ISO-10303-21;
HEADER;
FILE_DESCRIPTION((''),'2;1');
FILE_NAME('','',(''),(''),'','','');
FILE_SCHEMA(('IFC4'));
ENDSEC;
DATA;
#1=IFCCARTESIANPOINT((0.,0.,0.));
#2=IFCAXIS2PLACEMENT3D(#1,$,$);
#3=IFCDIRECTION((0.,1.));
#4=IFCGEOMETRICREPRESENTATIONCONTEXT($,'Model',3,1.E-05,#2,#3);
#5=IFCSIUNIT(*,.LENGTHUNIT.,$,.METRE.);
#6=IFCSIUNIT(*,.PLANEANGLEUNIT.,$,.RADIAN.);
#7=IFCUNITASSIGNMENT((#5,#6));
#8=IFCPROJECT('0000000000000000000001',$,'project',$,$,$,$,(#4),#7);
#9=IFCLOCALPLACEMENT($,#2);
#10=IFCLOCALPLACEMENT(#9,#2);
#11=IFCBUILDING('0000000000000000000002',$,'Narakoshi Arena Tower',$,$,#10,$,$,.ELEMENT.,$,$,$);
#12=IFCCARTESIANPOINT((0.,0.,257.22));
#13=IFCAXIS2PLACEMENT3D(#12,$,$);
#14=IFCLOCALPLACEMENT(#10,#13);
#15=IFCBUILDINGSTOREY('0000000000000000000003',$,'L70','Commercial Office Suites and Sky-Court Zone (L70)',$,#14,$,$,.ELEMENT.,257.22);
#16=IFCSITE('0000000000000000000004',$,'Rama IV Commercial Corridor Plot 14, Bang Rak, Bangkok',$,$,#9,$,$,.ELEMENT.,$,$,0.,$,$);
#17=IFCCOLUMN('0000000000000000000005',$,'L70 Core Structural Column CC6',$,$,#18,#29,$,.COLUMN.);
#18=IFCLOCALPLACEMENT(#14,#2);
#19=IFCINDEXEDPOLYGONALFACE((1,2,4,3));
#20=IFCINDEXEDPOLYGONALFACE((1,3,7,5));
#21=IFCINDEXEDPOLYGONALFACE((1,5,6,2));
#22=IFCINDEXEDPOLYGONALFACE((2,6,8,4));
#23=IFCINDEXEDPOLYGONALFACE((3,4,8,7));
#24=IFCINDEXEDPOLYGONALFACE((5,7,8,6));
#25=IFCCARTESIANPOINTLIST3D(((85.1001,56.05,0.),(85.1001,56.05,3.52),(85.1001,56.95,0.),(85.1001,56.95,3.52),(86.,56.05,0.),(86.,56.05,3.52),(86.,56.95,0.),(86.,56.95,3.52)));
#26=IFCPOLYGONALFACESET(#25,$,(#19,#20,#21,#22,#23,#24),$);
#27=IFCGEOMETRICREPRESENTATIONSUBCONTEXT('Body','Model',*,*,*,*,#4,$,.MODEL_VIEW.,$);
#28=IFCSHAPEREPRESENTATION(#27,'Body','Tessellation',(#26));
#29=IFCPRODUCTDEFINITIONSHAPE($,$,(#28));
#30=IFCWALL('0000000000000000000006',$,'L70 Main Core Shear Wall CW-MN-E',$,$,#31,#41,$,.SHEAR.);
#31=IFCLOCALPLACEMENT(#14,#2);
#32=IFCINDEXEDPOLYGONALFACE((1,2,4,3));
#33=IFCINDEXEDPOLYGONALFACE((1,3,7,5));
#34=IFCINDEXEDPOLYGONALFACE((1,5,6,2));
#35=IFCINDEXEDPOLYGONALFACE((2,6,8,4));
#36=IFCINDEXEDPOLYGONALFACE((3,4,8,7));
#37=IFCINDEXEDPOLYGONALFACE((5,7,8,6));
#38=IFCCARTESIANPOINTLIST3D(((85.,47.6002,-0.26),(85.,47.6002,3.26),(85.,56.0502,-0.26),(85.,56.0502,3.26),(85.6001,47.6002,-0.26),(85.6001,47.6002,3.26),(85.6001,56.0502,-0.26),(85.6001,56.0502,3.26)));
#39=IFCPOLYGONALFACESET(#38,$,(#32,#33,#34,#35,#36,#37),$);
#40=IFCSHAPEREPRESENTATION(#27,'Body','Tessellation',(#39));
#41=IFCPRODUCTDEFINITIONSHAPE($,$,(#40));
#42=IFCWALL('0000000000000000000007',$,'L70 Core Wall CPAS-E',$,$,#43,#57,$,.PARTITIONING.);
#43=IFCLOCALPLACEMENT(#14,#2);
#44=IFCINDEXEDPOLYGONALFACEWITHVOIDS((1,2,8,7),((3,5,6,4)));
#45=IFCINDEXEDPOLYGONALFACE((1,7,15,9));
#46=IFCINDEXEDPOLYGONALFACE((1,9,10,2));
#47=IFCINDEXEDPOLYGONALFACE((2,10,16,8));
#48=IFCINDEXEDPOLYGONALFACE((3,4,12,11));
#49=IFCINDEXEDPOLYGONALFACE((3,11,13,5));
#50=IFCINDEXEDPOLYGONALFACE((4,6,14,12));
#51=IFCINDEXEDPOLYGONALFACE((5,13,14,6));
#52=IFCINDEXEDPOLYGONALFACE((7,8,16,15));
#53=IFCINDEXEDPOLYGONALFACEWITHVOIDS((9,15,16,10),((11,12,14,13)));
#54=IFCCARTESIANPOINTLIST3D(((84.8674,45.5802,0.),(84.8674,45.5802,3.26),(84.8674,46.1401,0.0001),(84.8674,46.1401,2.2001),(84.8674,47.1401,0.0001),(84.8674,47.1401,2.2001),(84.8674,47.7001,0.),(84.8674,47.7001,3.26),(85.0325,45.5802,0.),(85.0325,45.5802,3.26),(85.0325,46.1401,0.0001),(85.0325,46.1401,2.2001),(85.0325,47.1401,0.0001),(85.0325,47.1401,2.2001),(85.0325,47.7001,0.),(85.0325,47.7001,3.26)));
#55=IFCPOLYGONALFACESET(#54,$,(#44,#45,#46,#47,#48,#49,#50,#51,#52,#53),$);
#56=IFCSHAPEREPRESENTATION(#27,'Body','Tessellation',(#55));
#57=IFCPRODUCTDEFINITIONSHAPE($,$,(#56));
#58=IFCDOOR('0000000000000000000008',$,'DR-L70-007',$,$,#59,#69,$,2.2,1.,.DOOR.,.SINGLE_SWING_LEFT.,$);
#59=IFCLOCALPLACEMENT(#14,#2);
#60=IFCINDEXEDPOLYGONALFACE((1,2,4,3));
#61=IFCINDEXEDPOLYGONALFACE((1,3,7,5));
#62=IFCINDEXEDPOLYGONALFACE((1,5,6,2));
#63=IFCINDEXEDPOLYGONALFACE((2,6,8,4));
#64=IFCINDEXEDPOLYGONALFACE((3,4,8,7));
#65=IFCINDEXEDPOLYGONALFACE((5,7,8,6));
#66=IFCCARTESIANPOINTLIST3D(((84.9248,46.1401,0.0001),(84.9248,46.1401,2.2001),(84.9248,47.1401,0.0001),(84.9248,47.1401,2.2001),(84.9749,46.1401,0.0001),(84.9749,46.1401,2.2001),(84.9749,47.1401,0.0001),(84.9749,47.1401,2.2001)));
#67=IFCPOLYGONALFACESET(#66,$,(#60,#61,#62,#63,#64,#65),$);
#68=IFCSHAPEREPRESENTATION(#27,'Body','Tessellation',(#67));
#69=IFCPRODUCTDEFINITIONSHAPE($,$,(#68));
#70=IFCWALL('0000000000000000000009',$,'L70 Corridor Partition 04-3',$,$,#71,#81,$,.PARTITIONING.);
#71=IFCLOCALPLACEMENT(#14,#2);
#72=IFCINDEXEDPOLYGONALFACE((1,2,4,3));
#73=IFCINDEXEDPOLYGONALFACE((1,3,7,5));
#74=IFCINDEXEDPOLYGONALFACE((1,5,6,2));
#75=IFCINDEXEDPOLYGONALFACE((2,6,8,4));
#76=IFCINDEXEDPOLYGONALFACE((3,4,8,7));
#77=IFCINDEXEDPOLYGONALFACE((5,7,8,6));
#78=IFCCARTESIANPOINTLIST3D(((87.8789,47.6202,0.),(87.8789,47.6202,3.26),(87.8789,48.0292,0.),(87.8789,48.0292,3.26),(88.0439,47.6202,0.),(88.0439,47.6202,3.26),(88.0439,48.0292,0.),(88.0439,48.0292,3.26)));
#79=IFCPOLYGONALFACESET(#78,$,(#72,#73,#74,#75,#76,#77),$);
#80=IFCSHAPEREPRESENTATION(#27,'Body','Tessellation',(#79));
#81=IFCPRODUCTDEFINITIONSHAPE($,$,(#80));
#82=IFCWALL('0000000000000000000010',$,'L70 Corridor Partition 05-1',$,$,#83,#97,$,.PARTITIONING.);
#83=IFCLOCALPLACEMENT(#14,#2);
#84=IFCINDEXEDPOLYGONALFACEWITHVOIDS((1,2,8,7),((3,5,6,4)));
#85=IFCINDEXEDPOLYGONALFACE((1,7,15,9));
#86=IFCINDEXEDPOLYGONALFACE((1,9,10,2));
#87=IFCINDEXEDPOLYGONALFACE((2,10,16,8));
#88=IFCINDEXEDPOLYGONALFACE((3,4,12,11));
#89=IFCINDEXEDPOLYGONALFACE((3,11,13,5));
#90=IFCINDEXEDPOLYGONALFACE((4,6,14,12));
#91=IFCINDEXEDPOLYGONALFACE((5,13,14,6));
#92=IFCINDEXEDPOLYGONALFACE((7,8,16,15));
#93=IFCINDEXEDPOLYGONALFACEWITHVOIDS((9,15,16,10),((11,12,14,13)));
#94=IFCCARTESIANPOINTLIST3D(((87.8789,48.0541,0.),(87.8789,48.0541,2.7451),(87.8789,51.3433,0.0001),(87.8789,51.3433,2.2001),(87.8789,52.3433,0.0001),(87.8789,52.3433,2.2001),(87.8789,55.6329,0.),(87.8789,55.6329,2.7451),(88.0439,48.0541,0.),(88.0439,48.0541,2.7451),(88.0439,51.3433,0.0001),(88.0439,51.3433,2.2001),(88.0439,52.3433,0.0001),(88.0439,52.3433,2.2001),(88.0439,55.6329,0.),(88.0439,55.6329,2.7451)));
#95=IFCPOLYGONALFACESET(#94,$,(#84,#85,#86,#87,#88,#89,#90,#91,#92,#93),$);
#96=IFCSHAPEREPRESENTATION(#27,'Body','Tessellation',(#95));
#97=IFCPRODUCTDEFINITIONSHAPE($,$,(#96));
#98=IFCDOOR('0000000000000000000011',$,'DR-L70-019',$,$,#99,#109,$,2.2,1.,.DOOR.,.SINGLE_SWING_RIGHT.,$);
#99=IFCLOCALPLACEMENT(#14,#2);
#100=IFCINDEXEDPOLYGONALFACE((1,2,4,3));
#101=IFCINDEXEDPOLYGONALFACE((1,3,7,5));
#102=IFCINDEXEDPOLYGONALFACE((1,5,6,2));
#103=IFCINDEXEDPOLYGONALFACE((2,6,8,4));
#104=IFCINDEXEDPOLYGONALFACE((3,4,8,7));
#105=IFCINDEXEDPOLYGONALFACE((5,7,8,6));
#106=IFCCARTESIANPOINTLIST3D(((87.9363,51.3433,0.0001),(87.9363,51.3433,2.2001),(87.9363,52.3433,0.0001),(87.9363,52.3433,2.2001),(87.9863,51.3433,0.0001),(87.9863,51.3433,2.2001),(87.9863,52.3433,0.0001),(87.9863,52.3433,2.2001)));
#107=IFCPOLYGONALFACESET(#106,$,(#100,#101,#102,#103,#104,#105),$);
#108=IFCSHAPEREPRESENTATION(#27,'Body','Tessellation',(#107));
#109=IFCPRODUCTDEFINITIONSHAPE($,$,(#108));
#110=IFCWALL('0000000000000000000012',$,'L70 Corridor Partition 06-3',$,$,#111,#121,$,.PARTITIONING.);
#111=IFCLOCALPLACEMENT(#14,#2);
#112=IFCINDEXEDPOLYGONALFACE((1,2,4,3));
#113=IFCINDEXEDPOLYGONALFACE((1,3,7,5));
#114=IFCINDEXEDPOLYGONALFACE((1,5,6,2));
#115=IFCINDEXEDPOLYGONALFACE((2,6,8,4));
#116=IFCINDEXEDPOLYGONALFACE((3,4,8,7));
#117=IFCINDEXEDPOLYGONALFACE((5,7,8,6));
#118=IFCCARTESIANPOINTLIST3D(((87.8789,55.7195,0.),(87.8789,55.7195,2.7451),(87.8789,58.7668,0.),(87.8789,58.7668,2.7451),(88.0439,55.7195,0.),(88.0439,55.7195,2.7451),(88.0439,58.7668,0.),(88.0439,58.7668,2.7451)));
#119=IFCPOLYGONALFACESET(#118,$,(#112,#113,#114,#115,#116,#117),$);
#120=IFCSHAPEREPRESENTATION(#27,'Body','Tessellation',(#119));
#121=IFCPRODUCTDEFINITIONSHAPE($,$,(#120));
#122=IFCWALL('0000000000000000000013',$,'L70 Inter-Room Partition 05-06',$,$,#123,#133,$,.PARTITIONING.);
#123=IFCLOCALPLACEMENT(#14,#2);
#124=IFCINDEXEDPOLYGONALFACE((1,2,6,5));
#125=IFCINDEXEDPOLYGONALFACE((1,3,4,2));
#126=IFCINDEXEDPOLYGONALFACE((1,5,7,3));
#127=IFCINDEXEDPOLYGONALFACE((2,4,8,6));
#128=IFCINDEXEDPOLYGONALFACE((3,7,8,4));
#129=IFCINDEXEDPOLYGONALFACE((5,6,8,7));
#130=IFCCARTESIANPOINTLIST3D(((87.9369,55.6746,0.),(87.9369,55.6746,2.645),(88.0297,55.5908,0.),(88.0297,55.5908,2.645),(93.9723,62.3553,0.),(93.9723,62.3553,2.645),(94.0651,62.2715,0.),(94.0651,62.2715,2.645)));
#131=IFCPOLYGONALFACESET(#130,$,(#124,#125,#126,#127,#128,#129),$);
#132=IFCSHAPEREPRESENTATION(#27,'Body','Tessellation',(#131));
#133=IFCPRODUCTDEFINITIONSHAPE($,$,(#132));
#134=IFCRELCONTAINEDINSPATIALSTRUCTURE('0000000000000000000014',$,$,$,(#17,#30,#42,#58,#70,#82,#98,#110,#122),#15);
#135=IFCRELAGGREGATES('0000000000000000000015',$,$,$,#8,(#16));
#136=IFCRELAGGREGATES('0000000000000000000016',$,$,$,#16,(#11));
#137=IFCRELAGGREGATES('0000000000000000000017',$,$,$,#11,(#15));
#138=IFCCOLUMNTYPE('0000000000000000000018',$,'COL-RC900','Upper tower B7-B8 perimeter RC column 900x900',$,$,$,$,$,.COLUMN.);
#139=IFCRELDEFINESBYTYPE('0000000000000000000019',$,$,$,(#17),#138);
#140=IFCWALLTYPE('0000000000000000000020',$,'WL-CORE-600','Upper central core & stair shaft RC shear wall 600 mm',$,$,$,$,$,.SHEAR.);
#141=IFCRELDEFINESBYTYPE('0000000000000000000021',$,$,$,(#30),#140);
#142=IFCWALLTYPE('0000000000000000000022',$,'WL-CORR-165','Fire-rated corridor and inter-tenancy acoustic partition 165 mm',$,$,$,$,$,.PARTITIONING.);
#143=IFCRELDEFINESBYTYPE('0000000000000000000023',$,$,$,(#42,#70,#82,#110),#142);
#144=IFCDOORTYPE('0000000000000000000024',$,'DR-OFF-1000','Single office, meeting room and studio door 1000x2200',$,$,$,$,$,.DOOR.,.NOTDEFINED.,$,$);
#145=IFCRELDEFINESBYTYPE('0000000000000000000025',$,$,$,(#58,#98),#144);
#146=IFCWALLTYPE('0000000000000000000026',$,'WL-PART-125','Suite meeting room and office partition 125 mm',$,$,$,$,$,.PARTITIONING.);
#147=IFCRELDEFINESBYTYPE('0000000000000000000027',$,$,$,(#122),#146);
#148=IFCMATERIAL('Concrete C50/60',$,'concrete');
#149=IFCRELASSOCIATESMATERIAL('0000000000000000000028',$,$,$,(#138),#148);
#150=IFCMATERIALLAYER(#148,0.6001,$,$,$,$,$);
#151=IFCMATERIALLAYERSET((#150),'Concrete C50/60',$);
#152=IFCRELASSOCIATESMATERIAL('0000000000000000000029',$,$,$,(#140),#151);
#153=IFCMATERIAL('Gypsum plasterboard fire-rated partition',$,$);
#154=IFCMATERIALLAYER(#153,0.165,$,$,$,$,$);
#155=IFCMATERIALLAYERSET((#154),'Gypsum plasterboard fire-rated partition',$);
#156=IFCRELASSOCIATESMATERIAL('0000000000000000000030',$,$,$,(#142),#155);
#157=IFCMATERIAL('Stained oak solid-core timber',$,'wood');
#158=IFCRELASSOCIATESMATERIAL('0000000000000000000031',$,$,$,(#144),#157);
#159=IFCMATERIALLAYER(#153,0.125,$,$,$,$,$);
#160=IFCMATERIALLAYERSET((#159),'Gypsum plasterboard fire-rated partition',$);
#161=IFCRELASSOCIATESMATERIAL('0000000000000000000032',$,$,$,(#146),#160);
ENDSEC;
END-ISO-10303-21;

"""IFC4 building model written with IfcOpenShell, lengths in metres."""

from ifc_helpers import new_model, si_unit, direction, frame, frame_2d, origin, origin_2d, place, context, subcontext, project, spatial, rectangle, extrude, material, layer, layer_set, material_profile, profile_set, type_object, element, fill, save


model = new_model("IFC4")

# Units and contexts
model_context = context("Model", 3, precision=1e-05, world=origin(), true_north=direction((0.0, 1.0)))
body_context = subcontext(model_context, "Body", "Model", "MODEL_VIEW")
ifc_project = project(units=[si_unit("LENGTHUNIT", "METRE"), si_unit("PLANEANGLEUNIT", "RADIAN")], contexts=[model_context])

# Site, building, storey
site_placement = place(None, origin())
site = spatial("IfcSite", under=ifc_project, at=site_placement, Name="Rama IV Commercial Corridor Plot 14, Bang Rak, Bangkok", CompositionType="ELEMENT", RefElevation=0.0)
building_placement = place(site_placement, origin())
building = spatial("IfcBuilding", under=site, at=building_placement, Name="Narakoshi Arena Tower", CompositionType="ELEMENT")
storey_placement = place(building_placement, frame((0.0, 0.0, 257.22)))
storey = spatial("IfcBuildingStorey", under=building, at=storey_placement, Name="L70", Description="Commercial Office Suites and Sky-Court Zone (L70)", CompositionType="ELEMENT", Elevation=257.22)

# Column
ifc_material_1 = material(Name="Concrete C50/60", Category="concrete")
ifc_material_profile = material_profile(ifc_material_1, rectangle(XDim=0.8999, YDim=0.8999, at=origin_2d()), Name="RC900x900")
ifc_profile_set = profile_set([ifc_material_profile], Name="Concrete C50/60")
column_type = type_object("IfcColumnType", Name="COL-RC900", Description="Upper tower B7-B8 perimeter RC column 900x900", PredefinedType="COLUMN", material=ifc_profile_set)
column_placement = place(storey_placement, frame((85.55, 56.5, 0.0), z_axis=(0.0, 0.0, 1.0), x_axis=(1.0, 0.0, 0.0)))
element("IfcColumn", 1, at=column_placement, inside=storey, type_object=column_type, Name="L70 Core Structural Column CC6", PredefinedType="COLUMN", context=body_context, shape_type="SweptSolid", body=[
    extrude(rectangle(XDim=0.8999, YDim=0.8999, at=origin_2d()), origin(), (0.0, 0.0, 1.0), 3.52),
])

# Wall
ifc_layer_1 = layer(ifc_material_1, 0.6001)
ifc_layer_set_1 = layer_set([ifc_layer_1], Name="Concrete C50/60")
wall_type_1 = type_object("IfcWallType", Name="WL-CORE-600", Description="Upper central core & stair shaft RC shear wall 600 mm", PredefinedType="SHEAR", material=ifc_layer_set_1)
wall_1_placement = place(storey_placement, frame((85.3, 47.6001, -0.26), z_axis=(0.0, 0.0, 1.0), x_axis=(0.0, 1.0, 0.0)))
element("IfcWall", 2, at=wall_1_placement, inside=storey, type_object=wall_type_1, Name="L70 Main Core Shear Wall CW-MN-E", PredefinedType="SHEAR", context=body_context, shape_type="SweptSolid", body=[
    extrude(rectangle(XDim=8.45, YDim=0.6001, at=frame_2d((4.2251, 0.0))), origin(), (0.0, 0.0, 1.0), 3.52),
])

# Wall, opening, door
ifc_material_2 = material(Name="Gypsum plasterboard fire-rated partition")
ifc_layer_2 = layer(ifc_material_2, 0.165)
ifc_layer_set_2 = layer_set([ifc_layer_2], Name="Gypsum plasterboard fire-rated partition")
wall_type_2 = type_object("IfcWallType", Name="WL-CORR-165", Description="Fire-rated corridor and inter-tenancy acoustic partition 165 mm", PredefinedType="PARTITIONING", material=ifc_layer_set_2)
wall_2_placement = place(storey_placement, frame((84.95, 45.5801, 0.0), z_axis=(0.0, 0.0, 1.0), x_axis=(0.0, 1.0, 0.0)))
wall_2 = element("IfcWall", 3, at=wall_2_placement, inside=storey, type_object=wall_type_2, Name="L70 Core Wall CPAS-E", PredefinedType="PARTITIONING", context=body_context, shape_type="SweptSolid", body=[
    extrude(rectangle(XDim=2.1199, YDim=0.165, at=frame_2d((1.0601, 0.0))), origin(), (0.0, 0.0, 1.0), 3.26),
])
opening_1_placement = place(wall_2_placement, frame((0.5601, 0.0, 0.0)))
opening_1 = element("IfcOpeningElement", 4, at=opening_1_placement, cuts=wall_2, PredefinedType="OPENING", context=body_context, shape_type="SweptSolid", body=[
    extrude(rectangle(XDim=1.0, YDim=2.2, at=frame_2d((0.5, 1.1001))), frame((0.0, 0.0925, 0.0), z_axis=(0.0, -1.0, 0.0), x_axis=(1.0, 0.0, 0.0)), (0.0, 0.0, 1.0), 0.1851),
])
ifc_material_3 = material(Name="Stained oak solid-core timber", Category="wood")
door_type_1 = type_object("IfcDoorType", Name="DR-OFF-1000", Description="Single office, meeting room and studio door 1000x2200", OperationType="NOTDEFINED", PredefinedType="DOOR", material=ifc_material_3)
door_1_placement = place(opening_1_placement, frame((1.0, 0.0, 0.0), z_axis=(0.0, 0.0, 1.0), x_axis=(-1.0, 0.0, 0.0)))
door_1 = element("IfcDoor", 5, at=door_1_placement, inside=storey, type_object=door_type_1, Name="DR-L70-007", OperationType="SINGLE_SWING_LEFT", OverallHeight=2.2, OverallWidth=1.0, PredefinedType="DOOR", context=body_context, shape_type="SweptSolid", body=[
    extrude(rectangle(XDim=1.0, YDim=2.2, at=frame_2d((0.5, 1.1001))), frame((0.0, 0.0249, 0.0), z_axis=(0.0, -1.0, 0.0), x_axis=(1.0, 0.0, 0.0)), (0.0, 0.0, 1.0), 0.05),
])
fill(opening_1, door_1)

# Wall
wall_3_placement = place(storey_placement, frame((87.9614, 47.6201, 0.0), z_axis=(0.0, 0.0, 1.0), x_axis=(0.0, 1.0, 0.0)))
element("IfcWall", 6, at=wall_3_placement, inside=storey, type_object=wall_type_2, Name="L70 Corridor Partition 04-3", PredefinedType="PARTITIONING", context=body_context, shape_type="SweptSolid", body=[
    extrude(rectangle(XDim=0.4089, YDim=0.165, at=frame_2d((0.2046, 0.0))), origin(), (0.0, 0.0, 1.0), 3.26),
])

# Wall, opening, door
wall_4_placement = place(storey_placement, frame((87.9614, 48.054, 0.0), z_axis=(0.0, 0.0, 1.0), x_axis=(0.0, 1.0, 0.0)))
wall_4 = element("IfcWall", 7, at=wall_4_placement, inside=storey, type_object=wall_type_2, Name="L70 Corridor Partition 05-1", PredefinedType="PARTITIONING", context=body_context, shape_type="SweptSolid", body=[
    extrude(rectangle(XDim=7.5789, YDim=0.165, at=frame_2d((3.7896, 0.0))), origin(), (0.0, 0.0, 1.0), 2.7451),
])
opening_2_placement = place(wall_4_placement, frame((3.2893, 0.0, 0.0)))
opening_2 = element("IfcOpeningElement", 8, at=opening_2_placement, cuts=wall_4, PredefinedType="OPENING", context=body_context, shape_type="SweptSolid", body=[
    extrude(rectangle(XDim=1.0, YDim=2.2, at=frame_2d((0.5, 1.1001))), frame((0.0, 0.0925, 0.0), z_axis=(0.0, -1.0, 0.0), x_axis=(1.0, 0.0, 0.0)), (0.0, 0.0, 1.0), 0.1851),
])
door_2_placement = place(opening_2_placement, frame((1.0, 0.0, 0.0), z_axis=(0.0, 0.0, 1.0), x_axis=(-1.0, 0.0, 0.0)))
door_2 = element("IfcDoor", 9, at=door_2_placement, inside=storey, type_object=door_type_1, Name="DR-L70-019", OperationType="SINGLE_SWING_RIGHT", OverallHeight=2.2, OverallWidth=1.0, PredefinedType="DOOR", context=body_context, shape_type="SweptSolid", body=[
    extrude(rectangle(XDim=1.0, YDim=2.2, at=frame_2d((0.5, 1.1001))), frame((0.0, 0.0249, 0.0), z_axis=(0.0, -1.0, 0.0), x_axis=(1.0, 0.0, 0.0)), (0.0, 0.0, 1.0), 0.05),
])
fill(opening_2, door_2)

# Walls
wall_5_placement = place(storey_placement, frame((87.9614, 55.7195, 0.0), z_axis=(0.0, 0.0, 1.0), x_axis=(0.0, 1.0, 0.0)))
element("IfcWall", 10, at=wall_5_placement, inside=storey, type_object=wall_type_2, Name="L70 Corridor Partition 06-3", PredefinedType="PARTITIONING", context=body_context, shape_type="SweptSolid", body=[
    extrude(rectangle(XDim=3.0474, YDim=0.165, at=frame_2d((1.5237, 0.0))), origin(), (0.0, 0.0, 1.0), 2.7451),
])
ifc_layer_3 = layer(ifc_material_2, 0.125)
ifc_layer_set_3 = layer_set([ifc_layer_3], Name="Gypsum plasterboard fire-rated partition")
wall_type_3 = type_object("IfcWallType", Name="WL-PART-125", Description="Suite meeting room and office partition 125 mm", PredefinedType="PARTITIONING", material=ifc_layer_set_3)
wall_6_placement = place(storey_placement, frame((87.9834, 55.6328, 0.0), z_axis=(0.0, 0.0, 1.0), x_axis=(0.670363, 0.742033, 0.0)))
element("IfcWall", 11, at=wall_6_placement, inside=storey, type_object=wall_type_3, Name="L70 Inter-Room Partition 05-06", PredefinedType="PARTITIONING", context=body_context, shape_type="SweptSolid", body=[
    extrude(rectangle(XDim=9.0032, YDim=0.125, at=frame_2d((4.5015, 0.0))), origin(), (0.0, 0.0, 1.0), 2.645),
])

save(model, "model.ifc")
